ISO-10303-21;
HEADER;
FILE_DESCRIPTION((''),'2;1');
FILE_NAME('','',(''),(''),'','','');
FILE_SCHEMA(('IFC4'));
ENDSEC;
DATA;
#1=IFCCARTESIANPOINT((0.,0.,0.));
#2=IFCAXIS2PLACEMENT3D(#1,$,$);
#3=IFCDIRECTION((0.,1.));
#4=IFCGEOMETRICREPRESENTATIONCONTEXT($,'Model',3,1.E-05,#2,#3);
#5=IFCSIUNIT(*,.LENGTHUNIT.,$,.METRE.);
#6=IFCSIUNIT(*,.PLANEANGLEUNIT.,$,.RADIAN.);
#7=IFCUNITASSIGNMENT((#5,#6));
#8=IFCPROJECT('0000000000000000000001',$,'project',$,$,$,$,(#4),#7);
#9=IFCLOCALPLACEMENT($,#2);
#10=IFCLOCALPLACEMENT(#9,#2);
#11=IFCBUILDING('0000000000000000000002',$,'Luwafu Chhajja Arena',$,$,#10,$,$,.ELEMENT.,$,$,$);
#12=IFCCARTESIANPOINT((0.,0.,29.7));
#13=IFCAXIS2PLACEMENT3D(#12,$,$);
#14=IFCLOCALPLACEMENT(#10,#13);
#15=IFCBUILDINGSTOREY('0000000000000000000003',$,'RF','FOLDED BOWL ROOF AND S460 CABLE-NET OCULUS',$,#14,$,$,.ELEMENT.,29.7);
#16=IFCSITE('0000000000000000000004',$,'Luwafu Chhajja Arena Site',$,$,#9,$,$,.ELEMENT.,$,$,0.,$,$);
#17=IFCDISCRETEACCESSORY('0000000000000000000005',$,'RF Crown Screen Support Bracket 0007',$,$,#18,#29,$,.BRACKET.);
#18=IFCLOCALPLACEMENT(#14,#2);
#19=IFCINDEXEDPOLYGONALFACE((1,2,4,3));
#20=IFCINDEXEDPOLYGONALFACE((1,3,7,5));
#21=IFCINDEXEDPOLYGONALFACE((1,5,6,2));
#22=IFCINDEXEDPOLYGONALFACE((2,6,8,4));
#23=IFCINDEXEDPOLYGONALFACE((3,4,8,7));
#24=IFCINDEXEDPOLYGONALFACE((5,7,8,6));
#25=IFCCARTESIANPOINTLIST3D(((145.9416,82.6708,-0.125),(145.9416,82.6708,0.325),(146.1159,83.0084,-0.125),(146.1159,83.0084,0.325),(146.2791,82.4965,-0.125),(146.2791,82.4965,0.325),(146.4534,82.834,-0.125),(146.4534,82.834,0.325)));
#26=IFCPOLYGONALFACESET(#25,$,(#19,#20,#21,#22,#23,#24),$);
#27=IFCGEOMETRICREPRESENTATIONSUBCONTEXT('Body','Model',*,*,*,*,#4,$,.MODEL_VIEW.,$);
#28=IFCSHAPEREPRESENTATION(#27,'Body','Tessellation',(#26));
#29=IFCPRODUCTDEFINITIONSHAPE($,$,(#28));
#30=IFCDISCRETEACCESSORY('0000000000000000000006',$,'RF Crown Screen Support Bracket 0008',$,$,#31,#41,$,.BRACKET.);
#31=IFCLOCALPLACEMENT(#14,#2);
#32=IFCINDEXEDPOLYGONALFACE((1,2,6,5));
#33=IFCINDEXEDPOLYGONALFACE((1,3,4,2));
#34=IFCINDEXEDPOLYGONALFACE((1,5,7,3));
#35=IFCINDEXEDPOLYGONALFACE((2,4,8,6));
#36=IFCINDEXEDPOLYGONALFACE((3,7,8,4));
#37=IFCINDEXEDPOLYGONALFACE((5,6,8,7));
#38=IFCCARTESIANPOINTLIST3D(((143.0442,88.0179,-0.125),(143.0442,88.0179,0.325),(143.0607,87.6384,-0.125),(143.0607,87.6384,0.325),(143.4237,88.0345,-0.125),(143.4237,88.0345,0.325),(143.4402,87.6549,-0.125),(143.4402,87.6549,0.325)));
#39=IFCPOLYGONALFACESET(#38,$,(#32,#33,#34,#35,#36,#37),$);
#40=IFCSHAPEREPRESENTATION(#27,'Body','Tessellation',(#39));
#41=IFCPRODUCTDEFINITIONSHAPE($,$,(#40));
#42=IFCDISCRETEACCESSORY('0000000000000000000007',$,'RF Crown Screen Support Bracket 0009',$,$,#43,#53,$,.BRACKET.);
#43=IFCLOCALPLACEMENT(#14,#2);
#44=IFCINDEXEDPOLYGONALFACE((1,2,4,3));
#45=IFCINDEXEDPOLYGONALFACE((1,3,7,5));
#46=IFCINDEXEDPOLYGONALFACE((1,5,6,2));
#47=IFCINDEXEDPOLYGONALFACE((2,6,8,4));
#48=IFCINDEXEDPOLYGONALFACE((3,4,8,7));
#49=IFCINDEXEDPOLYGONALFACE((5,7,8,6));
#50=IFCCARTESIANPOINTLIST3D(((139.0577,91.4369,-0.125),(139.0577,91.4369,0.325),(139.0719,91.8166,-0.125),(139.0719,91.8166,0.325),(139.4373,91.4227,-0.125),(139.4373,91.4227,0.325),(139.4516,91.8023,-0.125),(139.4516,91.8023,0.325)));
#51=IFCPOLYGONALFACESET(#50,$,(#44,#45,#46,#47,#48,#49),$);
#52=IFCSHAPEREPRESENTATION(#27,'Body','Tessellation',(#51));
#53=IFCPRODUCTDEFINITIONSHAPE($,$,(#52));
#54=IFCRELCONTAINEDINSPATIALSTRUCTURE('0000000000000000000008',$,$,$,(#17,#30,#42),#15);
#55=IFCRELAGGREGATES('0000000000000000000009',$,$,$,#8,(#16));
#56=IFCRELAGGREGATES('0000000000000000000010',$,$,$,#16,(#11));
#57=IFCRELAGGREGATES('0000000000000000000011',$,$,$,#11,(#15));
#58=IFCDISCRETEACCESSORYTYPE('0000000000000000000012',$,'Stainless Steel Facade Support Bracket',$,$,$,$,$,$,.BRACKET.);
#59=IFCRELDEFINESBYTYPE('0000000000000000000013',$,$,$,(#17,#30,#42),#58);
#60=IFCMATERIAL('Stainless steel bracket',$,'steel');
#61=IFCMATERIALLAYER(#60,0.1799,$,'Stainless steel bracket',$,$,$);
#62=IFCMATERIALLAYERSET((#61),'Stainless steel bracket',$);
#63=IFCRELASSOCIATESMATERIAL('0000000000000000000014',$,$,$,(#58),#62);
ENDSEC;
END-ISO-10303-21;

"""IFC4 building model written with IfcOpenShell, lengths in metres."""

from ifc_helpers import new_model, si_unit, direction, frame, origin, origin_2d, place, context, subcontext, project, spatial, rectangle, extrude, material, layer, layer_set, type_object, element, save


model = new_model("IFC4")

# Units and contexts
model_context = context("Model", 3, precision=1e-05, world=origin(), true_north=direction((0.0, 1.0)))
body_context = subcontext(model_context, "Body", "Model", "MODEL_VIEW")
ifc_project = project(units=[si_unit("LENGTHUNIT", "METRE"), si_unit("PLANEANGLEUNIT", "RADIAN")], contexts=[model_context])

# Site, building, storey
site_placement = place(None, origin())
site = spatial("IfcSite", under=ifc_project, at=site_placement, Name="Luwafu Chhajja Arena Site", CompositionType="ELEMENT", RefElevation=0.0)
building_placement = place(site_placement, origin())
building = spatial("IfcBuilding", under=site, at=building_placement, Name="Luwafu Chhajja Arena", CompositionType="ELEMENT")
storey_placement = place(building_placement, frame((0.0, 0.0, 29.7)))
storey = spatial("IfcBuildingStorey", under=building, at=storey_placement, Name="RF", Description="FOLDED BOWL ROOF AND S460 CABLE-NET OCULUS", CompositionType="ELEMENT", Elevation=29.7)

# Discrete accessories
ifc_material_1 = material(Name="Stainless steel bracket", Category="steel")
ifc_layer_1 = layer(ifc_material_1, 0.1799, Name="Stainless steel bracket")
ifc_layer_set_1 = layer_set([ifc_layer_1], Name="Stainless steel bracket")
discrete_accessory_type = type_object("IfcDiscreteAccessoryType", Name="Stainless Steel Facade Support Bracket", PredefinedType="BRACKET", material=ifc_layer_set_1)
for number, where, z_axis, x_axis, name in (
    (1, (146.1975, 82.7524, -0.125), (0.0, 0.0, 1.0), (-0.888492, 0.458892, 0.0), "RF Crown Screen Support Bracket 0007"),
    (2, (143.2422, 87.8364, -0.125), (0.0, 0.0, 1.0), (-0.043562, 0.999051, 0.0), "RF Crown Screen Support Bracket 0008"),
    (3, (139.2546, 91.6196, -0.125), (0.0, 0.0, 1.0), (-0.999298, 0.037465, 0.0), "RF Crown Screen Support Bracket 0009"),
):
    element("IfcDiscreteAccessory", number, at=place(storey_placement, frame(where, z_axis=z_axis, x_axis=x_axis)), inside=storey, type_object=discrete_accessory_type, Name=name, PredefinedType="BRACKET", context=body_context, shape_type="SweptSolid", body=[
        extrude(rectangle(XDim=0.3799, YDim=0.3799, at=origin_2d()), origin(), (0.0, 0.0, 1.0), 0.45),
    ])

save(model, "model.ifc")
